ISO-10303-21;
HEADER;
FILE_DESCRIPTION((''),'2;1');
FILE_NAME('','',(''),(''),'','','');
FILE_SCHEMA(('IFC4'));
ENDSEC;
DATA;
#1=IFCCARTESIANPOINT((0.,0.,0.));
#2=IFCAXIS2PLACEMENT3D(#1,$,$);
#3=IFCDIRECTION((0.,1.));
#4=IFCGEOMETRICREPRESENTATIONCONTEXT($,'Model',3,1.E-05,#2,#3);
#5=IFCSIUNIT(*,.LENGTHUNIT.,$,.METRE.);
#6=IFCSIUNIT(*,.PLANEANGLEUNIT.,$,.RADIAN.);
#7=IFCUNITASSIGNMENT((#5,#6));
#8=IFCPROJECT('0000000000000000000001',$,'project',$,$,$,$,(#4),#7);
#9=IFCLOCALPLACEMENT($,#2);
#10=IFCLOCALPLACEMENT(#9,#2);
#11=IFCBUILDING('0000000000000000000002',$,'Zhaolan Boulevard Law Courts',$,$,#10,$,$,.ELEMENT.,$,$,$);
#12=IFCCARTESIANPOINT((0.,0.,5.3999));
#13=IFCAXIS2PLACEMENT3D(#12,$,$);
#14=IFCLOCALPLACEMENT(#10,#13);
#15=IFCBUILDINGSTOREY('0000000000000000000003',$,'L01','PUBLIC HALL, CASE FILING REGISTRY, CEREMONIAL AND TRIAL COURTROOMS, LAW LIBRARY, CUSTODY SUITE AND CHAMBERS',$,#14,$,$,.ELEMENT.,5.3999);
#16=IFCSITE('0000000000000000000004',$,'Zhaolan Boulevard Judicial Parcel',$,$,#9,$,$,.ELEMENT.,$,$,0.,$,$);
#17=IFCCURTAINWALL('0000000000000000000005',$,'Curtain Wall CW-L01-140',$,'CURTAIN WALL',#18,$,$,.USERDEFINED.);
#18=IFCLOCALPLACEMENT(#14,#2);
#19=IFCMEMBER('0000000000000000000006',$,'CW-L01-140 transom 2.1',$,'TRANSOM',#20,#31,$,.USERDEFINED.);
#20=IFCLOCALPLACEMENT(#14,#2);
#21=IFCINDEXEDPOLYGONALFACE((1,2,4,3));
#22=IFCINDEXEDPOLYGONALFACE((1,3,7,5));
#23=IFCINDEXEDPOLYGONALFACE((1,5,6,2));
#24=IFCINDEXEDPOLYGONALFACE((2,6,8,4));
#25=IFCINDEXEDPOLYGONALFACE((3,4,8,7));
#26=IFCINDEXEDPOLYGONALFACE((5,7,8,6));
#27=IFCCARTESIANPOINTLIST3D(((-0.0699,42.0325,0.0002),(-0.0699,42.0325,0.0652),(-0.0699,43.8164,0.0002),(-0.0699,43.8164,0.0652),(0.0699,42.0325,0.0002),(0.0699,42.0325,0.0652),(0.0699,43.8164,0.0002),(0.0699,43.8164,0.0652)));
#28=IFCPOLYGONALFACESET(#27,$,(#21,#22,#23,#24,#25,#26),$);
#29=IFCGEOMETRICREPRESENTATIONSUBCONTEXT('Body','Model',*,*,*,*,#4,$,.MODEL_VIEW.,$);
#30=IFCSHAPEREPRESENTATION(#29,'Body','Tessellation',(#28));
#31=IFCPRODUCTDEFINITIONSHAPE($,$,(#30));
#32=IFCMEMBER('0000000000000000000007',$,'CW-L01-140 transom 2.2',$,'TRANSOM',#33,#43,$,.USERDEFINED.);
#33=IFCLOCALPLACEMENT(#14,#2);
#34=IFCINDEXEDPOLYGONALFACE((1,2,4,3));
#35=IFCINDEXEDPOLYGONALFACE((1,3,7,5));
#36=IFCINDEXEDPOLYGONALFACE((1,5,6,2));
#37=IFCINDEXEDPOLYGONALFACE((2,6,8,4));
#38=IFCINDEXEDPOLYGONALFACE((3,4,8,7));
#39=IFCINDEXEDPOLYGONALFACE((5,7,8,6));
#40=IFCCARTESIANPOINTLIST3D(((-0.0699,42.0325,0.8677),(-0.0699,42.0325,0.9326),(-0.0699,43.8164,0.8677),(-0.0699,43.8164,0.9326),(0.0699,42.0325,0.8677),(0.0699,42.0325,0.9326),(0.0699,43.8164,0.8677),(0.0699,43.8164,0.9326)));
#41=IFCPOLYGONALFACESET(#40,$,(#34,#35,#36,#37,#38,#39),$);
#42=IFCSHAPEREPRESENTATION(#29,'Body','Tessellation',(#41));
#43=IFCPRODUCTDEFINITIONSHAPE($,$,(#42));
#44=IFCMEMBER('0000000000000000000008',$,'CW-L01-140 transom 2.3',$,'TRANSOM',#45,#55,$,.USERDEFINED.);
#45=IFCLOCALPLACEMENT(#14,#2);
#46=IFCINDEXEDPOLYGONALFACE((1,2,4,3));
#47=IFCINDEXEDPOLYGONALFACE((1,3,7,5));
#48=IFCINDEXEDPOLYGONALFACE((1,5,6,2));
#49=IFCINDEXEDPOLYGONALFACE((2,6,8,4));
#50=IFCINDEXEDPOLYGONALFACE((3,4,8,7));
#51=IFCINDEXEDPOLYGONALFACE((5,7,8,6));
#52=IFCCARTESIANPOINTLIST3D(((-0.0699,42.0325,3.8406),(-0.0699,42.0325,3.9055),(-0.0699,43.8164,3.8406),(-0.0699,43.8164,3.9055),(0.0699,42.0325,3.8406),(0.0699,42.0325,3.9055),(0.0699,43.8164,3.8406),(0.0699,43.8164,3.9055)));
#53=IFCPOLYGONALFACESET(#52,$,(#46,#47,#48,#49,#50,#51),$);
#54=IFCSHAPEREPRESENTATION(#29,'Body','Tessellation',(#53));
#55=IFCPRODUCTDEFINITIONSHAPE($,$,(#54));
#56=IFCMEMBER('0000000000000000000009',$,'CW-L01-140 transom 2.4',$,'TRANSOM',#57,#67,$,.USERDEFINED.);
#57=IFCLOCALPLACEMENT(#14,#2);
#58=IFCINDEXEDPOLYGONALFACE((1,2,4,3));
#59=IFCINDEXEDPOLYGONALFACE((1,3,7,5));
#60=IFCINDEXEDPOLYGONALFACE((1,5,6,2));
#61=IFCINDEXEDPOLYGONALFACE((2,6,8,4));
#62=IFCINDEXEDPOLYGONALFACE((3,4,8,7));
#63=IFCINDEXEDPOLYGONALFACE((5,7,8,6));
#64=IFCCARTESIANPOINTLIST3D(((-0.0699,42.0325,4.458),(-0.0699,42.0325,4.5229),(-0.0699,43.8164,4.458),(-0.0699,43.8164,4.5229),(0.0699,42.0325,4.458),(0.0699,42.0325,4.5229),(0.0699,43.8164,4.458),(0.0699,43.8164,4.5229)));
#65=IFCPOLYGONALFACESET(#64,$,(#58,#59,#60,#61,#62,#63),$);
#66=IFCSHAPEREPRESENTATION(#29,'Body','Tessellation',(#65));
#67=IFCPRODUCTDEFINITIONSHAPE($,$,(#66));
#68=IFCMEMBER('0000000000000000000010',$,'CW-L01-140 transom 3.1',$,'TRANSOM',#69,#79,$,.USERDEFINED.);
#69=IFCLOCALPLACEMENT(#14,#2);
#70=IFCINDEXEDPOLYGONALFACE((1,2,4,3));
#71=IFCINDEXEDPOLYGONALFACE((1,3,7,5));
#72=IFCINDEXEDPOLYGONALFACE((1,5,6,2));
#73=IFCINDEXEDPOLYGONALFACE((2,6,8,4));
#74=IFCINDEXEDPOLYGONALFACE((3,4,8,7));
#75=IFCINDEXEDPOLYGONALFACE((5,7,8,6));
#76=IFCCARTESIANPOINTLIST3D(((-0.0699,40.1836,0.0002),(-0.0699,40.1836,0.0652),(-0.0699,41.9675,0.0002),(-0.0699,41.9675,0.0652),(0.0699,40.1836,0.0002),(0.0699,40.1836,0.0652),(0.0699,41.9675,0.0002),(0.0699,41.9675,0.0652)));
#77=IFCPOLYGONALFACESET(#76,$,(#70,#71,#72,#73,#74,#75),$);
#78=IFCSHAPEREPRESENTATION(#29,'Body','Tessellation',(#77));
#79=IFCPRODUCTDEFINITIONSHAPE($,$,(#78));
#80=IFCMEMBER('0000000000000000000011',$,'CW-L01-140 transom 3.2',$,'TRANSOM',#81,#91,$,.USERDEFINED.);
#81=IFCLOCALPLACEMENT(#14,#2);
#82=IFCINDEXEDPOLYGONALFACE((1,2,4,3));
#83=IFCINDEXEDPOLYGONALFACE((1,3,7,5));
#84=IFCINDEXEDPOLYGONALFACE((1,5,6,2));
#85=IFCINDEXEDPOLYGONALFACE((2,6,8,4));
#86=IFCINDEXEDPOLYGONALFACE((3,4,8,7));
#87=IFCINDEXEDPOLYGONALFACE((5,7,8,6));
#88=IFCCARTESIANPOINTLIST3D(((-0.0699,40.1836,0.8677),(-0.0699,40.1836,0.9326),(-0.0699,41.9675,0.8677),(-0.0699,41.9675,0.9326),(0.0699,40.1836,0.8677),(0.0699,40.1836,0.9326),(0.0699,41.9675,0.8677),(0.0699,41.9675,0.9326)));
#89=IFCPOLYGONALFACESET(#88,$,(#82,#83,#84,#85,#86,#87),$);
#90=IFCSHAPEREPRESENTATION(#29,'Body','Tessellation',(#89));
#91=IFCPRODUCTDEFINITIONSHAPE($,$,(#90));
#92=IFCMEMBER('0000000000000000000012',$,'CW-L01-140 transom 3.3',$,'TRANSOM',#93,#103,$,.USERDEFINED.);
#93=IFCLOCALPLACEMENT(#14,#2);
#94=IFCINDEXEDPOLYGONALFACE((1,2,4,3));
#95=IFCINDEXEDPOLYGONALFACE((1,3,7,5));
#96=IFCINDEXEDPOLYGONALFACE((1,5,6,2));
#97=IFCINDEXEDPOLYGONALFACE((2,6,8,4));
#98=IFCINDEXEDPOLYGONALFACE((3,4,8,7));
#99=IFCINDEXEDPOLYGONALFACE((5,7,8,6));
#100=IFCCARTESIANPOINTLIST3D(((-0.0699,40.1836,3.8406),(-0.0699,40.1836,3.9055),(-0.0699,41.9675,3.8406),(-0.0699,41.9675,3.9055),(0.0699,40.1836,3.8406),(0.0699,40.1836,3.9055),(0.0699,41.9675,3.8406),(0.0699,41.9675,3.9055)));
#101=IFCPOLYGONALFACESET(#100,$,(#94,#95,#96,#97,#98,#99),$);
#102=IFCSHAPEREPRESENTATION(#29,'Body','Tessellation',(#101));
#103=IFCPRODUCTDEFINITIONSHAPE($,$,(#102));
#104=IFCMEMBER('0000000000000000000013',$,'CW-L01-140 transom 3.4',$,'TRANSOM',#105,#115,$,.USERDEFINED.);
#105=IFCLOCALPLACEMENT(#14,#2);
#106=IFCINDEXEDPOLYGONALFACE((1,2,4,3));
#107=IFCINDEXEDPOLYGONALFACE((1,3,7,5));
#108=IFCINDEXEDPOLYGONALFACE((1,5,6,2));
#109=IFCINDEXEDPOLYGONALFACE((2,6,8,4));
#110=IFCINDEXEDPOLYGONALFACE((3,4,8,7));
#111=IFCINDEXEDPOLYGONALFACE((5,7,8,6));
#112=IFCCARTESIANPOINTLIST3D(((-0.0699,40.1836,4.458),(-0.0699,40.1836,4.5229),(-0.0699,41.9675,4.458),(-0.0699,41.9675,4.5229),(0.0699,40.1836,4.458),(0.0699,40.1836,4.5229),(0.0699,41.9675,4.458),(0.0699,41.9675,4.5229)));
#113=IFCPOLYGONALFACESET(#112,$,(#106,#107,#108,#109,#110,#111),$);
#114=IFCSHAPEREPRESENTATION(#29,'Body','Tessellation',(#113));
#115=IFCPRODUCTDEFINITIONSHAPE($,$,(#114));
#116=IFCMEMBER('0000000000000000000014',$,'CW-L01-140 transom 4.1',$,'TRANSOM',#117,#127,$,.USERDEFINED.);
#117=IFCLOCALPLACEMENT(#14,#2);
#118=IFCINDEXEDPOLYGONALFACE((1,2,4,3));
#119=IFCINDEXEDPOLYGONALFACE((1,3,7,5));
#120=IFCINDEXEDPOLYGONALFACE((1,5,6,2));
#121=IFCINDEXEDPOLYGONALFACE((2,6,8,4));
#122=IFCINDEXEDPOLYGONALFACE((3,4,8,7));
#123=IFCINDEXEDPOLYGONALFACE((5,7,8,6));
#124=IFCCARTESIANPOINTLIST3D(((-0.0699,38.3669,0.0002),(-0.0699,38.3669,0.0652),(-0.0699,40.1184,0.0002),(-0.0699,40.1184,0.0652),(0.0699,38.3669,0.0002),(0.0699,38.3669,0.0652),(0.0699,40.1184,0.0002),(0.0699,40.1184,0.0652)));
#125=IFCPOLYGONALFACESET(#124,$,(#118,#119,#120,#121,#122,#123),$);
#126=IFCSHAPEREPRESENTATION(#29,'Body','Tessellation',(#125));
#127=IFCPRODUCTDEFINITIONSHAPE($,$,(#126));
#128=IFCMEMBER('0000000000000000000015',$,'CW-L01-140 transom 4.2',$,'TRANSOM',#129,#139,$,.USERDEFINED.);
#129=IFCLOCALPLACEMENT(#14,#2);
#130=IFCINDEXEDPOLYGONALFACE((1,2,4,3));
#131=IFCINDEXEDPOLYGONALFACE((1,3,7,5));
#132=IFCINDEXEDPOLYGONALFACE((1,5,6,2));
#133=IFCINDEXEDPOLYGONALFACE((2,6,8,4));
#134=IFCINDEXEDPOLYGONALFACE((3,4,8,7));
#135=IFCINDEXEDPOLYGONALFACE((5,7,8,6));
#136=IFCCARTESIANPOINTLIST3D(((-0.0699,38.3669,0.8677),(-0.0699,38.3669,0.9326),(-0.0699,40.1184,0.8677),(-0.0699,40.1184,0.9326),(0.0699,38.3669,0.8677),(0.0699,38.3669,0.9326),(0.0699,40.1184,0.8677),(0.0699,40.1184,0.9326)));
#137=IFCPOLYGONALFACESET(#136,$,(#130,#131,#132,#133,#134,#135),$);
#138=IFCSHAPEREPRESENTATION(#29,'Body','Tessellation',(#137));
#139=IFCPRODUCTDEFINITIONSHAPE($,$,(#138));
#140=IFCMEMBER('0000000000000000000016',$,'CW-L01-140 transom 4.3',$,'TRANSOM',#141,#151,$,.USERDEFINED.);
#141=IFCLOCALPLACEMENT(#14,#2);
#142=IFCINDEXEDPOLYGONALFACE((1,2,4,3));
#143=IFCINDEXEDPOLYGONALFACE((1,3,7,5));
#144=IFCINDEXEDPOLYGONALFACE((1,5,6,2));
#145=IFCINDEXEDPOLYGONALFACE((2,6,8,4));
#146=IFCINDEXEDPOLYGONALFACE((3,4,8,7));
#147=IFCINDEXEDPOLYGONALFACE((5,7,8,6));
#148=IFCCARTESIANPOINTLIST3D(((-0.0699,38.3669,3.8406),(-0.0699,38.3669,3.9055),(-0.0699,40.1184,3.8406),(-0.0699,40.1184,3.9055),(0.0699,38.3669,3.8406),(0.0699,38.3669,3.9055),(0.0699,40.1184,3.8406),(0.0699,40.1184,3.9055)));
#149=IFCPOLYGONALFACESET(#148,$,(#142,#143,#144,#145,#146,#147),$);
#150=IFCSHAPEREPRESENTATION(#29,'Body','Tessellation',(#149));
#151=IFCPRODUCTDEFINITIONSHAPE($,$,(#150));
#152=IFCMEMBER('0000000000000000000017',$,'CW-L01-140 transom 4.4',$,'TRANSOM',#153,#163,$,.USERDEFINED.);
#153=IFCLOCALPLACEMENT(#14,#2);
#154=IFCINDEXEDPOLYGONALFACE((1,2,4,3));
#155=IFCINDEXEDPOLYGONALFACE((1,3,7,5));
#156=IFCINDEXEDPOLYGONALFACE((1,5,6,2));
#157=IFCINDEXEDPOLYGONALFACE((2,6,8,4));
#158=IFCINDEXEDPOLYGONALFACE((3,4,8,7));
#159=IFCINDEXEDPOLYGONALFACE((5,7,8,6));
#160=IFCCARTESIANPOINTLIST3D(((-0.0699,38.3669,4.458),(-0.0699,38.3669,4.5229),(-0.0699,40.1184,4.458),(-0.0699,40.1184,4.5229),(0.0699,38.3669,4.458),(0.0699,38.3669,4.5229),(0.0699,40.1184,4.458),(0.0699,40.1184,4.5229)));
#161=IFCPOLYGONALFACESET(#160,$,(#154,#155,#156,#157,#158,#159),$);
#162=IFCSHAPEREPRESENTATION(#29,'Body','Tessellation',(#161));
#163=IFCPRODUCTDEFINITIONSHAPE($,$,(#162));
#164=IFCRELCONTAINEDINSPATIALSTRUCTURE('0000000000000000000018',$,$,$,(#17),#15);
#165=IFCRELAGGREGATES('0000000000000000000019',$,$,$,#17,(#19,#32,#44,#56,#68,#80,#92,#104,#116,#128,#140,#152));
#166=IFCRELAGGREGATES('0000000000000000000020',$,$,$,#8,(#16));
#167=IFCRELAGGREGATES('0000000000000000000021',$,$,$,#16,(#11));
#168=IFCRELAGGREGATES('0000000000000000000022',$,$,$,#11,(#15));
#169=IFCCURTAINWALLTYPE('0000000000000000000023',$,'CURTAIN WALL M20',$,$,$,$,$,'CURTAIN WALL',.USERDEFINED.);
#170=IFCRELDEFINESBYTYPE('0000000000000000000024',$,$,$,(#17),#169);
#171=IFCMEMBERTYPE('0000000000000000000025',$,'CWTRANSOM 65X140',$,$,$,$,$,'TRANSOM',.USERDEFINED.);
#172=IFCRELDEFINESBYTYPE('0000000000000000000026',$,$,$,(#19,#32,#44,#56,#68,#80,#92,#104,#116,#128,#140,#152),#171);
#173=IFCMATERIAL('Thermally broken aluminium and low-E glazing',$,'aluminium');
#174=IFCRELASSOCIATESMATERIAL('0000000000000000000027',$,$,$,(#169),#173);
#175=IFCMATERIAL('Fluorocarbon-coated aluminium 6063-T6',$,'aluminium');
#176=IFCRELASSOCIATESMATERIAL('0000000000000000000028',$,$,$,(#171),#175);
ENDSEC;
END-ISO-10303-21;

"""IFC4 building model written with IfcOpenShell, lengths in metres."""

from ifc_helpers import new_model, si_unit, direction, frame, origin, origin_2d, place, context, subcontext, project, spatial, rectangle, extrude, material, material_profile, profile_set, type_object, element, aggregate, save


model = new_model("IFC4")

# Units and contexts
model_context = context("Model", 3, precision=1e-05, world=origin(), true_north=direction((0.0, 1.0)))
body_context = subcontext(model_context, "Body", "Model", "MODEL_VIEW")
ifc_project = project(units=[si_unit("LENGTHUNIT", "METRE"), si_unit("PLANEANGLEUNIT", "RADIAN")], contexts=[model_context])

# Site, building, storey
site_placement = place(None, origin())
site = spatial("IfcSite", under=ifc_project, at=site_placement, Name="Zhaolan Boulevard Judicial Parcel", CompositionType="ELEMENT", RefElevation=0.0)
building_placement = place(site_placement, origin())
building = spatial("IfcBuilding", under=site, at=building_placement, Name="Zhaolan Boulevard Law Courts", CompositionType="ELEMENT")
storey_placement = place(building_placement, frame((0.0, 0.0, 5.3999)))
storey = spatial("IfcBuildingStorey", under=building, at=storey_placement, Name="L01", Description="PUBLIC HALL, CASE FILING REGISTRY, CEREMONIAL AND TRIAL COURTROOMS, LAW LIBRARY, CUSTODY SUITE AND CHAMBERS", CompositionType="ELEMENT", Elevation=5.3999)

# Curtain wall
ifc_material_1 = material(Name="Thermally broken aluminium and low-E glazing", Category="aluminium")
curtain_wall_type_1 = type_object("IfcCurtainWallType", Name="CURTAIN WALL M20", ElementType="CURTAIN WALL", PredefinedType="USERDEFINED", material=ifc_material_1)
curtain_wall_1_placement = place(storey_placement, origin())
curtain_wall_1 = element("IfcCurtainWall", 1, at=curtain_wall_1_placement, inside=storey, type_object=curtain_wall_type_1, Name="Curtain Wall CW-L01-140", ObjectType="CURTAIN WALL", PredefinedType="USERDEFINED")

# Members
ifc_material_2 = material(Name="Fluorocarbon-coated aluminium 6063-T6", Category="aluminium")
ifc_material_profile_1 = material_profile(ifc_material_2, rectangle(XDim=0.1399, YDim=0.0649, at=origin_2d()), Name="AL65x140")
ifc_profile_set_1 = profile_set([ifc_material_profile_1], Name="Fluorocarbon-coated aluminium 6063-T6")
member_type_1 = type_object("IfcMemberType", Name="CWTRANSOM 65X140", ElementType="TRANSOM", PredefinedType="USERDEFINED", material=ifc_profile_set_1)
member_1_placement = place(storey_placement, frame((0.0, 43.8164, 0.0327), z_axis=(0.0, -1.0, 0.0), x_axis=(1.0, 0.0, 0.0)))
member_1 = element("IfcMember", 2, at=member_1_placement, type_object=member_type_1, Name="CW-L01-140 transom 2.1", ObjectType="TRANSOM", PredefinedType="USERDEFINED", context=body_context, shape_type="SweptSolid", body=[
    extrude(rectangle(XDim=0.1399, YDim=0.0649, at=origin_2d()), origin(), (0.0, 0.0, 1.0), 1.7839),
])
member_2_placement = place(storey_placement, frame((0.0, 43.8164, 0.9001), z_axis=(0.0, -1.0, 0.0), x_axis=(1.0, 0.0, 0.0)))
member_2 = element("IfcMember", 3, at=member_2_placement, type_object=member_type_1, Name="CW-L01-140 transom 2.2", ObjectType="TRANSOM", PredefinedType="USERDEFINED", context=body_context, shape_type="SweptSolid", body=[
    extrude(rectangle(XDim=0.1399, YDim=0.0649, at=origin_2d()), origin(), (0.0, 0.0, 1.0), 1.7839),
])
member_3_placement = place(storey_placement, frame((0.0, 43.8164, 3.873), z_axis=(0.0, -1.0, 0.0), x_axis=(1.0, 0.0, 0.0)))
member_3 = element("IfcMember", 4, at=member_3_placement, type_object=member_type_1, Name="CW-L01-140 transom 2.3", ObjectType="TRANSOM", PredefinedType="USERDEFINED", context=body_context, shape_type="SweptSolid", body=[
    extrude(rectangle(XDim=0.1399, YDim=0.0649, at=origin_2d()), origin(), (0.0, 0.0, 1.0), 1.7839),
])
member_4_placement = place(storey_placement, frame((0.0, 43.8164, 4.4905), z_axis=(0.0, -1.0, 0.0), x_axis=(1.0, 0.0, 0.0)))
member_4 = element("IfcMember", 5, at=member_4_placement, type_object=member_type_1, Name="CW-L01-140 transom 2.4", ObjectType="TRANSOM", PredefinedType="USERDEFINED", context=body_context, shape_type="SweptSolid", body=[
    extrude(rectangle(XDim=0.1399, YDim=0.0649, at=origin_2d()), origin(), (0.0, 0.0, 1.0), 1.7839),
])
member_5_placement = place(storey_placement, frame((0.0, 41.9675, 0.0327), z_axis=(0.0, -1.0, 0.0), x_axis=(1.0, 0.0, 0.0)))
member_5 = element("IfcMember", 6, at=member_5_placement, type_object=member_type_1, Name="CW-L01-140 transom 3.1", ObjectType="TRANSOM", PredefinedType="USERDEFINED", context=body_context, shape_type="SweptSolid", body=[
    extrude(rectangle(XDim=0.1399, YDim=0.0649, at=origin_2d()), origin(), (0.0, 0.0, 1.0), 1.7839),
])
member_6_placement = place(storey_placement, frame((0.0, 41.9675, 0.9001), z_axis=(0.0, -1.0, 0.0), x_axis=(1.0, 0.0, 0.0)))
member_6 = element("IfcMember", 7, at=member_6_placement, type_object=member_type_1, Name="CW-L01-140 transom 3.2", ObjectType="TRANSOM", PredefinedType="USERDEFINED", context=body_context, shape_type="SweptSolid", body=[
    extrude(rectangle(XDim=0.1399, YDim=0.0649, at=origin_2d()), origin(), (0.0, 0.0, 1.0), 1.7839),
])
member_7_placement = place(storey_placement, frame((0.0, 41.9675, 3.873), z_axis=(0.0, -1.0, 0.0), x_axis=(1.0, 0.0, 0.0)))
member_7 = element("IfcMember", 8, at=member_7_placement, type_object=member_type_1, Name="CW-L01-140 transom 3.3", ObjectType="TRANSOM", PredefinedType="USERDEFINED", context=body_context, shape_type="SweptSolid", body=[
    extrude(rectangle(XDim=0.1399, YDim=0.0649, at=origin_2d()), origin(), (0.0, 0.0, 1.0), 1.7839),
])
member_8_placement = place(storey_placement, frame((0.0, 41.9675, 4.4905), z_axis=(0.0, -1.0, 0.0), x_axis=(1.0, 0.0, 0.0)))
member_8 = element("IfcMember", 9, at=member_8_placement, type_object=member_type_1, Name="CW-L01-140 transom 3.4", ObjectType="TRANSOM", PredefinedType="USERDEFINED", context=body_context, shape_type="SweptSolid", body=[
    extrude(rectangle(XDim=0.1399, YDim=0.0649, at=origin_2d()), origin(), (0.0, 0.0, 1.0), 1.7839),
])
member_9_placement = place(storey_placement, frame((0.0, 40.1184, 0.0327), z_axis=(0.0, -1.0, 0.0), x_axis=(1.0, 0.0, 0.0)))
member_9 = element("IfcMember", 10, at=member_9_placement, type_object=member_type_1, Name="CW-L01-140 transom 4.1", ObjectType="TRANSOM", PredefinedType="USERDEFINED", context=body_context, shape_type="SweptSolid", body=[
    extrude(rectangle(XDim=0.1399, YDim=0.0649, at=origin_2d()), origin(), (0.0, 0.0, 1.0), 1.7515),
])
member_10_placement = place(storey_placement, frame((0.0, 40.1184, 0.9001), z_axis=(0.0, -1.0, 0.0), x_axis=(1.0, 0.0, 0.0)))
member_10 = element("IfcMember", 11, at=member_10_placement, type_object=member_type_1, Name="CW-L01-140 transom 4.2", ObjectType="TRANSOM", PredefinedType="USERDEFINED", context=body_context, shape_type="SweptSolid", body=[
    extrude(rectangle(XDim=0.1399, YDim=0.0649, at=origin_2d()), origin(), (0.0, 0.0, 1.0), 1.7515),
])
member_11_placement = place(storey_placement, frame((0.0, 40.1184, 3.873), z_axis=(0.0, -1.0, 0.0), x_axis=(1.0, 0.0, 0.0)))
member_11 = element("IfcMember", 12, at=member_11_placement, type_object=member_type_1, Name="CW-L01-140 transom 4.3", ObjectType="TRANSOM", PredefinedType="USERDEFINED", context=body_context, shape_type="SweptSolid", body=[
    extrude(rectangle(XDim=0.1399, YDim=0.0649, at=origin_2d()), origin(), (0.0, 0.0, 1.0), 1.7515),
])
member_12_placement = place(storey_placement, frame((0.0, 40.1184, 4.4905), z_axis=(0.0, -1.0, 0.0), x_axis=(1.0, 0.0, 0.0)))
member_12 = element("IfcMember", 13, at=member_12_placement, type_object=member_type_1, Name="CW-L01-140 transom 4.4", ObjectType="TRANSOM", PredefinedType="USERDEFINED", context=body_context, shape_type="SweptSolid", body=[
    extrude(rectangle(XDim=0.1399, YDim=0.0649, at=origin_2d()), origin(), (0.0, 0.0, 1.0), 1.7515),
])

aggregate(curtain_wall_1, [member_1, member_2, member_3, member_4, member_5, member_6, member_7, member_8, member_9, member_10, member_11, member_12])

save(model, "model.ifc")
